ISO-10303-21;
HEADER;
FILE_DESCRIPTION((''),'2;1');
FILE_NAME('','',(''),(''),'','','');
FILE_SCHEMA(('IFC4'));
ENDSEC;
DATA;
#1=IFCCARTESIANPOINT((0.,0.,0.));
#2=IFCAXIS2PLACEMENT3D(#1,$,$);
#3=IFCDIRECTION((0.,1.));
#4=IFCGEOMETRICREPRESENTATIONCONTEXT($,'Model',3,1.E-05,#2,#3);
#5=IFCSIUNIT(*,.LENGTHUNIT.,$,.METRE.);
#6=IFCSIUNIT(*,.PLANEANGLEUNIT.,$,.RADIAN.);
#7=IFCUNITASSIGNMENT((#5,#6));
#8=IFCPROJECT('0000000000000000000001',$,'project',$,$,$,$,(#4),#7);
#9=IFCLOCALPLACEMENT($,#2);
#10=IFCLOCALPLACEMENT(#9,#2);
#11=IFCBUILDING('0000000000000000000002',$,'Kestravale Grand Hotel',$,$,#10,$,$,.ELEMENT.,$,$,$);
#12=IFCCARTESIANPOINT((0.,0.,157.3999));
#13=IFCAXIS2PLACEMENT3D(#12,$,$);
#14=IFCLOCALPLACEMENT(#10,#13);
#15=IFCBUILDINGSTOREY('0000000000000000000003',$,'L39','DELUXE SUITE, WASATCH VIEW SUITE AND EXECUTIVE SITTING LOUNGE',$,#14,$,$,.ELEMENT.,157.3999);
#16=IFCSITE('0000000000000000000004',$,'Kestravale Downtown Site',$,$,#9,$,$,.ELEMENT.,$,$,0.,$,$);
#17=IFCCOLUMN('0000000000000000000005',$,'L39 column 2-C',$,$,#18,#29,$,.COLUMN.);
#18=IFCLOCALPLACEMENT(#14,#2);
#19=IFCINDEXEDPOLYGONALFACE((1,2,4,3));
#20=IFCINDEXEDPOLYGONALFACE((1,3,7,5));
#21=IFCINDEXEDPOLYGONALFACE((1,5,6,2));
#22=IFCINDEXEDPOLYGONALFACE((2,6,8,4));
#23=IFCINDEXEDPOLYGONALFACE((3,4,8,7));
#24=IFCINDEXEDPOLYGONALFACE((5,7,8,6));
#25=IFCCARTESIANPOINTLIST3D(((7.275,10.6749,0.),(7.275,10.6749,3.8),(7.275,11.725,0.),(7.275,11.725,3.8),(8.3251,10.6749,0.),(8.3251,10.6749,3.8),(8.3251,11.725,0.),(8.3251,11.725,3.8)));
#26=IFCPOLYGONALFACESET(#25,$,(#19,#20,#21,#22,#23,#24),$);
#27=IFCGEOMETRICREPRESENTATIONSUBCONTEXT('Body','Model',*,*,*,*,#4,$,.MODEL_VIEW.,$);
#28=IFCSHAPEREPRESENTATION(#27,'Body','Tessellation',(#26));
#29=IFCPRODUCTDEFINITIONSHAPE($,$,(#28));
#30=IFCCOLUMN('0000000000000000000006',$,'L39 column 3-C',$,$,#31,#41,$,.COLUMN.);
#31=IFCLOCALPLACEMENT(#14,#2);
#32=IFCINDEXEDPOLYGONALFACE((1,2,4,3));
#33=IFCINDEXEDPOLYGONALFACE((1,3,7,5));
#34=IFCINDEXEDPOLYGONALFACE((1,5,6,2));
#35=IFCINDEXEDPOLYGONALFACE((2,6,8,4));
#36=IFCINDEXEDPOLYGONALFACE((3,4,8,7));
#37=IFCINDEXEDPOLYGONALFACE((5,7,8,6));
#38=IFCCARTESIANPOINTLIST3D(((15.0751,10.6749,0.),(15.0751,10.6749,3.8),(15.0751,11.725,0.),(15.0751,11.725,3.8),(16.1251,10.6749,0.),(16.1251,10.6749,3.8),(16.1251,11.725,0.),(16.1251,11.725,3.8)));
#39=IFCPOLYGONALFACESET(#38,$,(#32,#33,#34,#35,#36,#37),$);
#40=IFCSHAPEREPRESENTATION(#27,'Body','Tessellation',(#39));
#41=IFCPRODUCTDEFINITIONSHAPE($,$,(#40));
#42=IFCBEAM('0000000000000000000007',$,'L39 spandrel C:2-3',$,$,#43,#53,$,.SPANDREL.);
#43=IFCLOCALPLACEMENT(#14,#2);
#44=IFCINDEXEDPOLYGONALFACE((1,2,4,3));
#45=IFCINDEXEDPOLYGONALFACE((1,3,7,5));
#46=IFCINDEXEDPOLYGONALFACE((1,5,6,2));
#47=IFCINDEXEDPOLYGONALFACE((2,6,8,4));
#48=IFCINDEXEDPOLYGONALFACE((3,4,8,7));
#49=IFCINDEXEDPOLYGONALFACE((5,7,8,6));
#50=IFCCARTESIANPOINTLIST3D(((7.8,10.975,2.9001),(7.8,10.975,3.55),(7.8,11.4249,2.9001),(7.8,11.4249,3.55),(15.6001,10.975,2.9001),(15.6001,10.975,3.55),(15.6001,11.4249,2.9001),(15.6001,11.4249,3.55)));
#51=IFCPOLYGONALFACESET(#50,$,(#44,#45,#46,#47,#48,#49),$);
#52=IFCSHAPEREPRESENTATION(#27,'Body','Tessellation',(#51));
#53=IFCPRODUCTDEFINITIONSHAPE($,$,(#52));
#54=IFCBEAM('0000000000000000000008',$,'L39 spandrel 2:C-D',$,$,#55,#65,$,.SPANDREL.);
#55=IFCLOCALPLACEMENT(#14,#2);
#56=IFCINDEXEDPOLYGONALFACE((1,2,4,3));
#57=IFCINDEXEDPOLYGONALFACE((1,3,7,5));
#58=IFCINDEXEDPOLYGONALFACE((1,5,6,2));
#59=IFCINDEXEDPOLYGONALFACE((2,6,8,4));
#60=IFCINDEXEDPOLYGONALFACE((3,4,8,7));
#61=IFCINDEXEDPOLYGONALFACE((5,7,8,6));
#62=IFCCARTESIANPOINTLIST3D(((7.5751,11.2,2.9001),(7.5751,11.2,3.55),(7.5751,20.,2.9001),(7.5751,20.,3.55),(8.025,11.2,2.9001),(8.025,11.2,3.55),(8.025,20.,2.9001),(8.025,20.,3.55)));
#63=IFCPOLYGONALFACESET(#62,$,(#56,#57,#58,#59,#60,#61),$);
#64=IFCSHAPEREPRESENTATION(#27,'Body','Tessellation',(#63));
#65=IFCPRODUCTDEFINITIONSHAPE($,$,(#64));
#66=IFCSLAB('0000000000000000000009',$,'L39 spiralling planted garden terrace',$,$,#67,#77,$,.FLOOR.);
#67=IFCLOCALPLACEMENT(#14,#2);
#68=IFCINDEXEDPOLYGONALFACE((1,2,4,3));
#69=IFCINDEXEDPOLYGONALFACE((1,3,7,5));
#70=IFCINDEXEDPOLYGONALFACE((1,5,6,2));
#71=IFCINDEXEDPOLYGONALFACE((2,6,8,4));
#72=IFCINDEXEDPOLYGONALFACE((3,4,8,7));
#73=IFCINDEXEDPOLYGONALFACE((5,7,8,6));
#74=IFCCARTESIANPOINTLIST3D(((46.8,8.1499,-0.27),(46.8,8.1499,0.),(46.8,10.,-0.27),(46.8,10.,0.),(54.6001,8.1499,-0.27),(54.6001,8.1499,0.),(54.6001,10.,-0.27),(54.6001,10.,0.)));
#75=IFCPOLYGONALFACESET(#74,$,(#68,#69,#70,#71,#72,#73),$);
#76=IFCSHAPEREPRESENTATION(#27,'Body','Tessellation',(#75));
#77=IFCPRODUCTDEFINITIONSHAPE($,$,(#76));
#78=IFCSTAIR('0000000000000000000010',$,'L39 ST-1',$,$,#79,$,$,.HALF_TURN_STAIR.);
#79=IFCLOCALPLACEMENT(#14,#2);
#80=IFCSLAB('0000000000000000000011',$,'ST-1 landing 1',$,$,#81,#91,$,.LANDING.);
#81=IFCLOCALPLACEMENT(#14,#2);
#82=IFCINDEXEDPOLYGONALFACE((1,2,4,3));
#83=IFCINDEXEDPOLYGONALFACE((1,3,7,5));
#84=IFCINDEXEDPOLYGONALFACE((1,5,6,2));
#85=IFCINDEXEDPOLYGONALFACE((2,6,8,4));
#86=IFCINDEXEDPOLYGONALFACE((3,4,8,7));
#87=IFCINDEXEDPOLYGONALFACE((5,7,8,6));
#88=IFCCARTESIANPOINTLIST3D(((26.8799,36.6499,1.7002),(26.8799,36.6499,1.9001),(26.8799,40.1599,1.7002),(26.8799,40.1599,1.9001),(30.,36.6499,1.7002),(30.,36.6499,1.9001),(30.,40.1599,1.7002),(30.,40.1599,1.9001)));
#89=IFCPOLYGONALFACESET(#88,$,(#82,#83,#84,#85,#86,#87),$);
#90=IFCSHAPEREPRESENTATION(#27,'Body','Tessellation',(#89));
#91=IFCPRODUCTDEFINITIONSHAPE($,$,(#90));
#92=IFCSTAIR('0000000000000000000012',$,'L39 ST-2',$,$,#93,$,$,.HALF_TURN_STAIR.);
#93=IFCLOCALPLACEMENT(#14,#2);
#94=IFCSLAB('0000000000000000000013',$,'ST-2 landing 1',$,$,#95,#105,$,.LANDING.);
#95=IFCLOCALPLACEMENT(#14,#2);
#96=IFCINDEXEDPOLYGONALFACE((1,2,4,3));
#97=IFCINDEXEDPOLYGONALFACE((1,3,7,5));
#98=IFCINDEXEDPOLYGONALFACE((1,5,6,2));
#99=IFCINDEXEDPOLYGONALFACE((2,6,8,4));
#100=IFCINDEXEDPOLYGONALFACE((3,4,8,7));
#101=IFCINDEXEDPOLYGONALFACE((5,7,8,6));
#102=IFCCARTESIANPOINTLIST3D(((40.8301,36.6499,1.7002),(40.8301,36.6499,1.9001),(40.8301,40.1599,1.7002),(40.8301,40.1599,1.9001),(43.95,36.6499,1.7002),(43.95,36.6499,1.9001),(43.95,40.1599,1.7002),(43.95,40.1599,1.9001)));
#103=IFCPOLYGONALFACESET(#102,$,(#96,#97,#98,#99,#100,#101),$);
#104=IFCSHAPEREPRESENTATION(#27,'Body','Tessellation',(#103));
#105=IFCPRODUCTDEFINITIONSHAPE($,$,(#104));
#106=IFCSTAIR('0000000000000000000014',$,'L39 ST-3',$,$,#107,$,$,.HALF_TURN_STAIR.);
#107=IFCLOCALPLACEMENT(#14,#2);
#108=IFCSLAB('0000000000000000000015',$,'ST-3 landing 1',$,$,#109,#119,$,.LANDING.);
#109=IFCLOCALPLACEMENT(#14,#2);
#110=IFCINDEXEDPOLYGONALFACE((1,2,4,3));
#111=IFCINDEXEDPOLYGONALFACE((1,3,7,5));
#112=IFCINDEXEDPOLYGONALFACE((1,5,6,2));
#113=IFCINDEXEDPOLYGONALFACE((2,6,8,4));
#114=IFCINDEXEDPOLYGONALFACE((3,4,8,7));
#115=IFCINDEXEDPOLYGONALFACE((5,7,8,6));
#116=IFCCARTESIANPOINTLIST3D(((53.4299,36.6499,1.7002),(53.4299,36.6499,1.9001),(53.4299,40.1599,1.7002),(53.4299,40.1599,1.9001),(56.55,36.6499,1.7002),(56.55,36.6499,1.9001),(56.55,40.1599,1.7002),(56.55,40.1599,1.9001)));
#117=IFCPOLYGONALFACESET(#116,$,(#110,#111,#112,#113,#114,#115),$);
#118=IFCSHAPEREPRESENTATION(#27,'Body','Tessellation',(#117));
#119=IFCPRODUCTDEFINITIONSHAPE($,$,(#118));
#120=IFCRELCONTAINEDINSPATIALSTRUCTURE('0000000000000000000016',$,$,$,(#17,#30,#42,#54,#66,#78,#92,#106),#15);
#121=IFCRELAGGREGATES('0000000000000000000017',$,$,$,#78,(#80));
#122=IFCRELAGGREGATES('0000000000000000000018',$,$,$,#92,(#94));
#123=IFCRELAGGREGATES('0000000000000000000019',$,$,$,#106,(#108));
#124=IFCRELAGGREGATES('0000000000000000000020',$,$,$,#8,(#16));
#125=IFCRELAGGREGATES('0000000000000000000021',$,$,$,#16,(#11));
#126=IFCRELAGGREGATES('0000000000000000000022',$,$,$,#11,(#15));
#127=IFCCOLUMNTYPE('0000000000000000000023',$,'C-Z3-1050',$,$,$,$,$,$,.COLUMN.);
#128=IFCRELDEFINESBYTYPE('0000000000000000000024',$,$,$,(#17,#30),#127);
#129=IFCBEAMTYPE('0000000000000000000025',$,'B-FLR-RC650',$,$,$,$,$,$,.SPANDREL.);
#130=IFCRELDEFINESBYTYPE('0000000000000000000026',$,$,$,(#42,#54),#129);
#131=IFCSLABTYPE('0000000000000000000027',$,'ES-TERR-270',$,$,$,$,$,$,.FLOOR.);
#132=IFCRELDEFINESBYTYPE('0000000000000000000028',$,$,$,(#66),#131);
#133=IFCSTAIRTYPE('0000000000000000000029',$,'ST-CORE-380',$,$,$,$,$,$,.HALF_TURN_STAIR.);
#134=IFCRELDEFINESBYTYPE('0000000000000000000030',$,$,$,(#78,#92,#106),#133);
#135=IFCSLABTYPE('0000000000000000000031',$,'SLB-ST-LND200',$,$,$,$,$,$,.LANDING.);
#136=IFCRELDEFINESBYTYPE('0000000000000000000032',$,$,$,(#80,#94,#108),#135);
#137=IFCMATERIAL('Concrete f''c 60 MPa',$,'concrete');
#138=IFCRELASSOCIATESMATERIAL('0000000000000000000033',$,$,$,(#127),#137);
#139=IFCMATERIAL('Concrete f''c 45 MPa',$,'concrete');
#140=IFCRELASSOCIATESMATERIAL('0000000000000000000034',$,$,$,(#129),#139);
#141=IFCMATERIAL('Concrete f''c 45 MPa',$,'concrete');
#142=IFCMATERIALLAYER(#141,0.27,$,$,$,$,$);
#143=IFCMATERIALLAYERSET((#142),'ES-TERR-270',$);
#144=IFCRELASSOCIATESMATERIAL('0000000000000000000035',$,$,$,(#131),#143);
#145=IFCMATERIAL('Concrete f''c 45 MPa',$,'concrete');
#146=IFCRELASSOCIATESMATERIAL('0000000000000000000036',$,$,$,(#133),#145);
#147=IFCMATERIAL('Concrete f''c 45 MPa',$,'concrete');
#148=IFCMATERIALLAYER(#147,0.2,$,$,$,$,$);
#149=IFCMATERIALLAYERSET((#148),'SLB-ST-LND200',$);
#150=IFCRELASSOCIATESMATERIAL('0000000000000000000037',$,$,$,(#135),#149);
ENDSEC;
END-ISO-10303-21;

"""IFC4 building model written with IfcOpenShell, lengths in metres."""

from ifc_helpers import new_model, si_unit, direction, frame, origin, origin_2d, place, context, subcontext, project, spatial, polyline, rectangle, outline, extrude, material, layer, layer_set, material_profile, profile_set, type_object, element, aggregate, save


model = new_model("IFC4")

# Units and contexts
model_context = context("Model", 3, precision=1e-05, world=origin(), true_north=direction((0.0, 1.0)))
body_context = subcontext(model_context, "Body", "Model", "MODEL_VIEW")
ifc_project = project(units=[si_unit("LENGTHUNIT", "METRE"), si_unit("PLANEANGLEUNIT", "RADIAN")], contexts=[model_context])

# Site, building, storey
site_placement = place(None, origin())
site = spatial("IfcSite", under=ifc_project, at=site_placement, Name="Kestravale Downtown Site", CompositionType="ELEMENT", RefElevation=0.0)
building_placement = place(site_placement, origin())
building = spatial("IfcBuilding", under=site, at=building_placement, Name="Kestravale Grand Hotel", CompositionType="ELEMENT")
storey_placement = place(building_placement, frame((0.0, 0.0, 157.3999)))
storey = spatial("IfcBuildingStorey", under=building, at=storey_placement, Name="L39", Description="DELUXE SUITE, WASATCH VIEW SUITE AND EXECUTIVE SITTING LOUNGE", CompositionType="ELEMENT", Elevation=157.3999)

# Columns
ifc_material_1 = material(Name="Concrete f'c 60 MPa", Category="concrete")
ifc_material_profile_1 = material_profile(ifc_material_1, rectangle(XDim=1.05, YDim=1.05, at=origin_2d()))
ifc_profile_set_1 = profile_set([ifc_material_profile_1], Name="Concrete f'c 60 MPa")
column_type = type_object("IfcColumnType", Name="C-Z3-1050", PredefinedType="COLUMN", material=ifc_profile_set_1)
for number, where, z_axis, x_axis, name in (
    (1, (7.8, 11.2, 0.0), (0.0, 0.0, 1.0), (1.0, 0.0, 0.0), "L39 column 2-C"),
    (2, (15.6001, 11.2, 0.0), (0.0, 0.0, 1.0), (1.0, 0.0, 0.0), "L39 column 3-C"),
):
    element("IfcColumn", number, at=place(storey_placement, frame(where, z_axis=z_axis, x_axis=x_axis)), inside=storey, type_object=column_type, Name=name, PredefinedType="COLUMN", context=body_context, shape_type="SweptSolid", body=[
        extrude(rectangle(XDim=1.05, YDim=1.05, at=origin_2d()), origin(), (0.0, 0.0, 1.0), 3.8),
    ])

# Beams
ifc_material_2 = material(Name="Concrete f'c 45 MPa", Category="concrete")
ifc_material_profile_2 = material_profile(ifc_material_2, rectangle(XDim=0.45, YDim=0.6499, at=origin_2d()))
ifc_profile_set_2 = profile_set([ifc_material_profile_2], Name="Concrete f'c 45 MPa")
beam_type = type_object("IfcBeamType", Name="B-FLR-RC650", PredefinedType="SPANDREL", material=ifc_profile_set_2)
beam_1_placement = place(storey_placement, frame((7.8, 11.2, 3.2251), z_axis=(1.0, 0.0, 0.0), x_axis=(0.0, 1.0, 0.0)))
element("IfcBeam", 3, at=beam_1_placement, inside=storey, type_object=beam_type, Name="L39 spandrel C:2-3", PredefinedType="SPANDREL", context=body_context, shape_type="SweptSolid", body=[
    extrude(rectangle(XDim=0.45, YDim=0.6499, at=origin_2d()), origin(), (0.0, 0.0, 1.0), 7.8),
])
beam_2_placement = place(storey_placement, frame((7.8, 11.2, 3.2251), z_axis=(0.0, 1.0, 0.0), x_axis=(-1.0, 0.0, 0.0)))
element("IfcBeam", 4, at=beam_2_placement, inside=storey, type_object=beam_type, Name="L39 spandrel 2:C-D", PredefinedType="SPANDREL", context=body_context, shape_type="SweptSolid", body=[
    extrude(rectangle(XDim=0.45, YDim=0.6499, at=origin_2d()), origin(), (0.0, 0.0, 1.0), 8.8),
])

# Slab
ifc_material_3 = material(Name="Concrete f'c 45 MPa", Category="concrete")
ifc_layer_1 = layer(ifc_material_3, 0.27)
ifc_layer_set_1 = layer_set([ifc_layer_1], Name="ES-TERR-270")
slab_type_1 = type_object("IfcSlabType", Name="ES-TERR-270", PredefinedType="FLOOR", material=ifc_layer_set_1)
slab_1_placement = place(storey_placement, frame((0.0, 0.0, -0.27)))
element("IfcSlab", 5, at=slab_1_placement, inside=storey, type_object=slab_type_1, Name="L39 spiralling planted garden terrace", PredefinedType="FLOOR", context=body_context, shape_type="SweptSolid", body=[
    extrude(outline(polyline([(46.8, 8.1499), (54.6001, 8.1499), (54.6001, 10.0), (46.8, 10.0), (46.8, 8.1499)])), origin(), (0.0, 0.0, 1.0), 0.27),
])

# Stairs, slabs
ifc_material_4 = material(Name="Concrete f'c 45 MPa", Category="concrete")
stair_type = type_object("IfcStairType", Name="ST-CORE-380", PredefinedType="HALF_TURN_STAIR", material=ifc_material_4)
stair_1_placement = place(storey_placement, origin())
stair_1 = element("IfcStair", 6, at=stair_1_placement, inside=storey, type_object=stair_type, Name="L39 ST-1", PredefinedType="HALF_TURN_STAIR")
ifc_material_5 = material(Name="Concrete f'c 45 MPa", Category="concrete")
ifc_layer_2 = layer(ifc_material_5, 0.2)
ifc_layer_set_2 = layer_set([ifc_layer_2], Name="SLB-ST-LND200")
slab_type_2 = type_object("IfcSlabType", Name="SLB-ST-LND200", PredefinedType="LANDING", material=ifc_layer_set_2)
slab_2_placement = place(storey_placement, frame((0.0, 0.0, 1.7002)))
slab_2 = element("IfcSlab", 7, at=slab_2_placement, type_object=slab_type_2, Name="ST-1 landing 1", PredefinedType="LANDING", context=body_context, shape_type="SweptSolid", body=[
    extrude(outline(polyline([(26.8799, 36.6499), (30.0, 36.6499), (30.0, 40.1599), (26.8799, 40.1599), (26.8799, 36.6499)])), origin(), (0.0, 0.0, 1.0), 0.2),
])
aggregate(stair_1, [slab_2])
stair_2_placement = place(storey_placement, origin())
stair_2 = element("IfcStair", 8, at=stair_2_placement, inside=storey, type_object=stair_type, Name="L39 ST-2", PredefinedType="HALF_TURN_STAIR")
slab_3_placement = place(storey_placement, frame((0.0, 0.0, 1.7002)))
slab_3 = element("IfcSlab", 9, at=slab_3_placement, type_object=slab_type_2, Name="ST-2 landing 1", PredefinedType="LANDING", context=body_context, shape_type="SweptSolid", body=[
    extrude(outline(polyline([(40.8301, 36.6499), (43.95, 36.6499), (43.95, 40.1599), (40.8301, 40.1599), (40.8301, 36.6499)])), origin(), (0.0, 0.0, 1.0), 0.2),
])
aggregate(stair_2, [slab_3])
stair_3_placement = place(storey_placement, origin())
stair_3 = element("IfcStair", 10, at=stair_3_placement, inside=storey, type_object=stair_type, Name="L39 ST-3", PredefinedType="HALF_TURN_STAIR")
slab_4_placement = place(storey_placement, frame((0.0, 0.0, 1.7002)))
slab_4 = element("IfcSlab", 11, at=slab_4_placement, type_object=slab_type_2, Name="ST-3 landing 1", PredefinedType="LANDING", context=body_context, shape_type="SweptSolid", body=[
    extrude(outline(polyline([(53.4299, 36.6499), (56.55, 36.6499), (56.55, 40.1599), (53.4299, 40.1599), (53.4299, 36.6499)])), origin(), (0.0, 0.0, 1.0), 0.2),
])
aggregate(stair_3, [slab_4])

save(model, "model.ifc")
